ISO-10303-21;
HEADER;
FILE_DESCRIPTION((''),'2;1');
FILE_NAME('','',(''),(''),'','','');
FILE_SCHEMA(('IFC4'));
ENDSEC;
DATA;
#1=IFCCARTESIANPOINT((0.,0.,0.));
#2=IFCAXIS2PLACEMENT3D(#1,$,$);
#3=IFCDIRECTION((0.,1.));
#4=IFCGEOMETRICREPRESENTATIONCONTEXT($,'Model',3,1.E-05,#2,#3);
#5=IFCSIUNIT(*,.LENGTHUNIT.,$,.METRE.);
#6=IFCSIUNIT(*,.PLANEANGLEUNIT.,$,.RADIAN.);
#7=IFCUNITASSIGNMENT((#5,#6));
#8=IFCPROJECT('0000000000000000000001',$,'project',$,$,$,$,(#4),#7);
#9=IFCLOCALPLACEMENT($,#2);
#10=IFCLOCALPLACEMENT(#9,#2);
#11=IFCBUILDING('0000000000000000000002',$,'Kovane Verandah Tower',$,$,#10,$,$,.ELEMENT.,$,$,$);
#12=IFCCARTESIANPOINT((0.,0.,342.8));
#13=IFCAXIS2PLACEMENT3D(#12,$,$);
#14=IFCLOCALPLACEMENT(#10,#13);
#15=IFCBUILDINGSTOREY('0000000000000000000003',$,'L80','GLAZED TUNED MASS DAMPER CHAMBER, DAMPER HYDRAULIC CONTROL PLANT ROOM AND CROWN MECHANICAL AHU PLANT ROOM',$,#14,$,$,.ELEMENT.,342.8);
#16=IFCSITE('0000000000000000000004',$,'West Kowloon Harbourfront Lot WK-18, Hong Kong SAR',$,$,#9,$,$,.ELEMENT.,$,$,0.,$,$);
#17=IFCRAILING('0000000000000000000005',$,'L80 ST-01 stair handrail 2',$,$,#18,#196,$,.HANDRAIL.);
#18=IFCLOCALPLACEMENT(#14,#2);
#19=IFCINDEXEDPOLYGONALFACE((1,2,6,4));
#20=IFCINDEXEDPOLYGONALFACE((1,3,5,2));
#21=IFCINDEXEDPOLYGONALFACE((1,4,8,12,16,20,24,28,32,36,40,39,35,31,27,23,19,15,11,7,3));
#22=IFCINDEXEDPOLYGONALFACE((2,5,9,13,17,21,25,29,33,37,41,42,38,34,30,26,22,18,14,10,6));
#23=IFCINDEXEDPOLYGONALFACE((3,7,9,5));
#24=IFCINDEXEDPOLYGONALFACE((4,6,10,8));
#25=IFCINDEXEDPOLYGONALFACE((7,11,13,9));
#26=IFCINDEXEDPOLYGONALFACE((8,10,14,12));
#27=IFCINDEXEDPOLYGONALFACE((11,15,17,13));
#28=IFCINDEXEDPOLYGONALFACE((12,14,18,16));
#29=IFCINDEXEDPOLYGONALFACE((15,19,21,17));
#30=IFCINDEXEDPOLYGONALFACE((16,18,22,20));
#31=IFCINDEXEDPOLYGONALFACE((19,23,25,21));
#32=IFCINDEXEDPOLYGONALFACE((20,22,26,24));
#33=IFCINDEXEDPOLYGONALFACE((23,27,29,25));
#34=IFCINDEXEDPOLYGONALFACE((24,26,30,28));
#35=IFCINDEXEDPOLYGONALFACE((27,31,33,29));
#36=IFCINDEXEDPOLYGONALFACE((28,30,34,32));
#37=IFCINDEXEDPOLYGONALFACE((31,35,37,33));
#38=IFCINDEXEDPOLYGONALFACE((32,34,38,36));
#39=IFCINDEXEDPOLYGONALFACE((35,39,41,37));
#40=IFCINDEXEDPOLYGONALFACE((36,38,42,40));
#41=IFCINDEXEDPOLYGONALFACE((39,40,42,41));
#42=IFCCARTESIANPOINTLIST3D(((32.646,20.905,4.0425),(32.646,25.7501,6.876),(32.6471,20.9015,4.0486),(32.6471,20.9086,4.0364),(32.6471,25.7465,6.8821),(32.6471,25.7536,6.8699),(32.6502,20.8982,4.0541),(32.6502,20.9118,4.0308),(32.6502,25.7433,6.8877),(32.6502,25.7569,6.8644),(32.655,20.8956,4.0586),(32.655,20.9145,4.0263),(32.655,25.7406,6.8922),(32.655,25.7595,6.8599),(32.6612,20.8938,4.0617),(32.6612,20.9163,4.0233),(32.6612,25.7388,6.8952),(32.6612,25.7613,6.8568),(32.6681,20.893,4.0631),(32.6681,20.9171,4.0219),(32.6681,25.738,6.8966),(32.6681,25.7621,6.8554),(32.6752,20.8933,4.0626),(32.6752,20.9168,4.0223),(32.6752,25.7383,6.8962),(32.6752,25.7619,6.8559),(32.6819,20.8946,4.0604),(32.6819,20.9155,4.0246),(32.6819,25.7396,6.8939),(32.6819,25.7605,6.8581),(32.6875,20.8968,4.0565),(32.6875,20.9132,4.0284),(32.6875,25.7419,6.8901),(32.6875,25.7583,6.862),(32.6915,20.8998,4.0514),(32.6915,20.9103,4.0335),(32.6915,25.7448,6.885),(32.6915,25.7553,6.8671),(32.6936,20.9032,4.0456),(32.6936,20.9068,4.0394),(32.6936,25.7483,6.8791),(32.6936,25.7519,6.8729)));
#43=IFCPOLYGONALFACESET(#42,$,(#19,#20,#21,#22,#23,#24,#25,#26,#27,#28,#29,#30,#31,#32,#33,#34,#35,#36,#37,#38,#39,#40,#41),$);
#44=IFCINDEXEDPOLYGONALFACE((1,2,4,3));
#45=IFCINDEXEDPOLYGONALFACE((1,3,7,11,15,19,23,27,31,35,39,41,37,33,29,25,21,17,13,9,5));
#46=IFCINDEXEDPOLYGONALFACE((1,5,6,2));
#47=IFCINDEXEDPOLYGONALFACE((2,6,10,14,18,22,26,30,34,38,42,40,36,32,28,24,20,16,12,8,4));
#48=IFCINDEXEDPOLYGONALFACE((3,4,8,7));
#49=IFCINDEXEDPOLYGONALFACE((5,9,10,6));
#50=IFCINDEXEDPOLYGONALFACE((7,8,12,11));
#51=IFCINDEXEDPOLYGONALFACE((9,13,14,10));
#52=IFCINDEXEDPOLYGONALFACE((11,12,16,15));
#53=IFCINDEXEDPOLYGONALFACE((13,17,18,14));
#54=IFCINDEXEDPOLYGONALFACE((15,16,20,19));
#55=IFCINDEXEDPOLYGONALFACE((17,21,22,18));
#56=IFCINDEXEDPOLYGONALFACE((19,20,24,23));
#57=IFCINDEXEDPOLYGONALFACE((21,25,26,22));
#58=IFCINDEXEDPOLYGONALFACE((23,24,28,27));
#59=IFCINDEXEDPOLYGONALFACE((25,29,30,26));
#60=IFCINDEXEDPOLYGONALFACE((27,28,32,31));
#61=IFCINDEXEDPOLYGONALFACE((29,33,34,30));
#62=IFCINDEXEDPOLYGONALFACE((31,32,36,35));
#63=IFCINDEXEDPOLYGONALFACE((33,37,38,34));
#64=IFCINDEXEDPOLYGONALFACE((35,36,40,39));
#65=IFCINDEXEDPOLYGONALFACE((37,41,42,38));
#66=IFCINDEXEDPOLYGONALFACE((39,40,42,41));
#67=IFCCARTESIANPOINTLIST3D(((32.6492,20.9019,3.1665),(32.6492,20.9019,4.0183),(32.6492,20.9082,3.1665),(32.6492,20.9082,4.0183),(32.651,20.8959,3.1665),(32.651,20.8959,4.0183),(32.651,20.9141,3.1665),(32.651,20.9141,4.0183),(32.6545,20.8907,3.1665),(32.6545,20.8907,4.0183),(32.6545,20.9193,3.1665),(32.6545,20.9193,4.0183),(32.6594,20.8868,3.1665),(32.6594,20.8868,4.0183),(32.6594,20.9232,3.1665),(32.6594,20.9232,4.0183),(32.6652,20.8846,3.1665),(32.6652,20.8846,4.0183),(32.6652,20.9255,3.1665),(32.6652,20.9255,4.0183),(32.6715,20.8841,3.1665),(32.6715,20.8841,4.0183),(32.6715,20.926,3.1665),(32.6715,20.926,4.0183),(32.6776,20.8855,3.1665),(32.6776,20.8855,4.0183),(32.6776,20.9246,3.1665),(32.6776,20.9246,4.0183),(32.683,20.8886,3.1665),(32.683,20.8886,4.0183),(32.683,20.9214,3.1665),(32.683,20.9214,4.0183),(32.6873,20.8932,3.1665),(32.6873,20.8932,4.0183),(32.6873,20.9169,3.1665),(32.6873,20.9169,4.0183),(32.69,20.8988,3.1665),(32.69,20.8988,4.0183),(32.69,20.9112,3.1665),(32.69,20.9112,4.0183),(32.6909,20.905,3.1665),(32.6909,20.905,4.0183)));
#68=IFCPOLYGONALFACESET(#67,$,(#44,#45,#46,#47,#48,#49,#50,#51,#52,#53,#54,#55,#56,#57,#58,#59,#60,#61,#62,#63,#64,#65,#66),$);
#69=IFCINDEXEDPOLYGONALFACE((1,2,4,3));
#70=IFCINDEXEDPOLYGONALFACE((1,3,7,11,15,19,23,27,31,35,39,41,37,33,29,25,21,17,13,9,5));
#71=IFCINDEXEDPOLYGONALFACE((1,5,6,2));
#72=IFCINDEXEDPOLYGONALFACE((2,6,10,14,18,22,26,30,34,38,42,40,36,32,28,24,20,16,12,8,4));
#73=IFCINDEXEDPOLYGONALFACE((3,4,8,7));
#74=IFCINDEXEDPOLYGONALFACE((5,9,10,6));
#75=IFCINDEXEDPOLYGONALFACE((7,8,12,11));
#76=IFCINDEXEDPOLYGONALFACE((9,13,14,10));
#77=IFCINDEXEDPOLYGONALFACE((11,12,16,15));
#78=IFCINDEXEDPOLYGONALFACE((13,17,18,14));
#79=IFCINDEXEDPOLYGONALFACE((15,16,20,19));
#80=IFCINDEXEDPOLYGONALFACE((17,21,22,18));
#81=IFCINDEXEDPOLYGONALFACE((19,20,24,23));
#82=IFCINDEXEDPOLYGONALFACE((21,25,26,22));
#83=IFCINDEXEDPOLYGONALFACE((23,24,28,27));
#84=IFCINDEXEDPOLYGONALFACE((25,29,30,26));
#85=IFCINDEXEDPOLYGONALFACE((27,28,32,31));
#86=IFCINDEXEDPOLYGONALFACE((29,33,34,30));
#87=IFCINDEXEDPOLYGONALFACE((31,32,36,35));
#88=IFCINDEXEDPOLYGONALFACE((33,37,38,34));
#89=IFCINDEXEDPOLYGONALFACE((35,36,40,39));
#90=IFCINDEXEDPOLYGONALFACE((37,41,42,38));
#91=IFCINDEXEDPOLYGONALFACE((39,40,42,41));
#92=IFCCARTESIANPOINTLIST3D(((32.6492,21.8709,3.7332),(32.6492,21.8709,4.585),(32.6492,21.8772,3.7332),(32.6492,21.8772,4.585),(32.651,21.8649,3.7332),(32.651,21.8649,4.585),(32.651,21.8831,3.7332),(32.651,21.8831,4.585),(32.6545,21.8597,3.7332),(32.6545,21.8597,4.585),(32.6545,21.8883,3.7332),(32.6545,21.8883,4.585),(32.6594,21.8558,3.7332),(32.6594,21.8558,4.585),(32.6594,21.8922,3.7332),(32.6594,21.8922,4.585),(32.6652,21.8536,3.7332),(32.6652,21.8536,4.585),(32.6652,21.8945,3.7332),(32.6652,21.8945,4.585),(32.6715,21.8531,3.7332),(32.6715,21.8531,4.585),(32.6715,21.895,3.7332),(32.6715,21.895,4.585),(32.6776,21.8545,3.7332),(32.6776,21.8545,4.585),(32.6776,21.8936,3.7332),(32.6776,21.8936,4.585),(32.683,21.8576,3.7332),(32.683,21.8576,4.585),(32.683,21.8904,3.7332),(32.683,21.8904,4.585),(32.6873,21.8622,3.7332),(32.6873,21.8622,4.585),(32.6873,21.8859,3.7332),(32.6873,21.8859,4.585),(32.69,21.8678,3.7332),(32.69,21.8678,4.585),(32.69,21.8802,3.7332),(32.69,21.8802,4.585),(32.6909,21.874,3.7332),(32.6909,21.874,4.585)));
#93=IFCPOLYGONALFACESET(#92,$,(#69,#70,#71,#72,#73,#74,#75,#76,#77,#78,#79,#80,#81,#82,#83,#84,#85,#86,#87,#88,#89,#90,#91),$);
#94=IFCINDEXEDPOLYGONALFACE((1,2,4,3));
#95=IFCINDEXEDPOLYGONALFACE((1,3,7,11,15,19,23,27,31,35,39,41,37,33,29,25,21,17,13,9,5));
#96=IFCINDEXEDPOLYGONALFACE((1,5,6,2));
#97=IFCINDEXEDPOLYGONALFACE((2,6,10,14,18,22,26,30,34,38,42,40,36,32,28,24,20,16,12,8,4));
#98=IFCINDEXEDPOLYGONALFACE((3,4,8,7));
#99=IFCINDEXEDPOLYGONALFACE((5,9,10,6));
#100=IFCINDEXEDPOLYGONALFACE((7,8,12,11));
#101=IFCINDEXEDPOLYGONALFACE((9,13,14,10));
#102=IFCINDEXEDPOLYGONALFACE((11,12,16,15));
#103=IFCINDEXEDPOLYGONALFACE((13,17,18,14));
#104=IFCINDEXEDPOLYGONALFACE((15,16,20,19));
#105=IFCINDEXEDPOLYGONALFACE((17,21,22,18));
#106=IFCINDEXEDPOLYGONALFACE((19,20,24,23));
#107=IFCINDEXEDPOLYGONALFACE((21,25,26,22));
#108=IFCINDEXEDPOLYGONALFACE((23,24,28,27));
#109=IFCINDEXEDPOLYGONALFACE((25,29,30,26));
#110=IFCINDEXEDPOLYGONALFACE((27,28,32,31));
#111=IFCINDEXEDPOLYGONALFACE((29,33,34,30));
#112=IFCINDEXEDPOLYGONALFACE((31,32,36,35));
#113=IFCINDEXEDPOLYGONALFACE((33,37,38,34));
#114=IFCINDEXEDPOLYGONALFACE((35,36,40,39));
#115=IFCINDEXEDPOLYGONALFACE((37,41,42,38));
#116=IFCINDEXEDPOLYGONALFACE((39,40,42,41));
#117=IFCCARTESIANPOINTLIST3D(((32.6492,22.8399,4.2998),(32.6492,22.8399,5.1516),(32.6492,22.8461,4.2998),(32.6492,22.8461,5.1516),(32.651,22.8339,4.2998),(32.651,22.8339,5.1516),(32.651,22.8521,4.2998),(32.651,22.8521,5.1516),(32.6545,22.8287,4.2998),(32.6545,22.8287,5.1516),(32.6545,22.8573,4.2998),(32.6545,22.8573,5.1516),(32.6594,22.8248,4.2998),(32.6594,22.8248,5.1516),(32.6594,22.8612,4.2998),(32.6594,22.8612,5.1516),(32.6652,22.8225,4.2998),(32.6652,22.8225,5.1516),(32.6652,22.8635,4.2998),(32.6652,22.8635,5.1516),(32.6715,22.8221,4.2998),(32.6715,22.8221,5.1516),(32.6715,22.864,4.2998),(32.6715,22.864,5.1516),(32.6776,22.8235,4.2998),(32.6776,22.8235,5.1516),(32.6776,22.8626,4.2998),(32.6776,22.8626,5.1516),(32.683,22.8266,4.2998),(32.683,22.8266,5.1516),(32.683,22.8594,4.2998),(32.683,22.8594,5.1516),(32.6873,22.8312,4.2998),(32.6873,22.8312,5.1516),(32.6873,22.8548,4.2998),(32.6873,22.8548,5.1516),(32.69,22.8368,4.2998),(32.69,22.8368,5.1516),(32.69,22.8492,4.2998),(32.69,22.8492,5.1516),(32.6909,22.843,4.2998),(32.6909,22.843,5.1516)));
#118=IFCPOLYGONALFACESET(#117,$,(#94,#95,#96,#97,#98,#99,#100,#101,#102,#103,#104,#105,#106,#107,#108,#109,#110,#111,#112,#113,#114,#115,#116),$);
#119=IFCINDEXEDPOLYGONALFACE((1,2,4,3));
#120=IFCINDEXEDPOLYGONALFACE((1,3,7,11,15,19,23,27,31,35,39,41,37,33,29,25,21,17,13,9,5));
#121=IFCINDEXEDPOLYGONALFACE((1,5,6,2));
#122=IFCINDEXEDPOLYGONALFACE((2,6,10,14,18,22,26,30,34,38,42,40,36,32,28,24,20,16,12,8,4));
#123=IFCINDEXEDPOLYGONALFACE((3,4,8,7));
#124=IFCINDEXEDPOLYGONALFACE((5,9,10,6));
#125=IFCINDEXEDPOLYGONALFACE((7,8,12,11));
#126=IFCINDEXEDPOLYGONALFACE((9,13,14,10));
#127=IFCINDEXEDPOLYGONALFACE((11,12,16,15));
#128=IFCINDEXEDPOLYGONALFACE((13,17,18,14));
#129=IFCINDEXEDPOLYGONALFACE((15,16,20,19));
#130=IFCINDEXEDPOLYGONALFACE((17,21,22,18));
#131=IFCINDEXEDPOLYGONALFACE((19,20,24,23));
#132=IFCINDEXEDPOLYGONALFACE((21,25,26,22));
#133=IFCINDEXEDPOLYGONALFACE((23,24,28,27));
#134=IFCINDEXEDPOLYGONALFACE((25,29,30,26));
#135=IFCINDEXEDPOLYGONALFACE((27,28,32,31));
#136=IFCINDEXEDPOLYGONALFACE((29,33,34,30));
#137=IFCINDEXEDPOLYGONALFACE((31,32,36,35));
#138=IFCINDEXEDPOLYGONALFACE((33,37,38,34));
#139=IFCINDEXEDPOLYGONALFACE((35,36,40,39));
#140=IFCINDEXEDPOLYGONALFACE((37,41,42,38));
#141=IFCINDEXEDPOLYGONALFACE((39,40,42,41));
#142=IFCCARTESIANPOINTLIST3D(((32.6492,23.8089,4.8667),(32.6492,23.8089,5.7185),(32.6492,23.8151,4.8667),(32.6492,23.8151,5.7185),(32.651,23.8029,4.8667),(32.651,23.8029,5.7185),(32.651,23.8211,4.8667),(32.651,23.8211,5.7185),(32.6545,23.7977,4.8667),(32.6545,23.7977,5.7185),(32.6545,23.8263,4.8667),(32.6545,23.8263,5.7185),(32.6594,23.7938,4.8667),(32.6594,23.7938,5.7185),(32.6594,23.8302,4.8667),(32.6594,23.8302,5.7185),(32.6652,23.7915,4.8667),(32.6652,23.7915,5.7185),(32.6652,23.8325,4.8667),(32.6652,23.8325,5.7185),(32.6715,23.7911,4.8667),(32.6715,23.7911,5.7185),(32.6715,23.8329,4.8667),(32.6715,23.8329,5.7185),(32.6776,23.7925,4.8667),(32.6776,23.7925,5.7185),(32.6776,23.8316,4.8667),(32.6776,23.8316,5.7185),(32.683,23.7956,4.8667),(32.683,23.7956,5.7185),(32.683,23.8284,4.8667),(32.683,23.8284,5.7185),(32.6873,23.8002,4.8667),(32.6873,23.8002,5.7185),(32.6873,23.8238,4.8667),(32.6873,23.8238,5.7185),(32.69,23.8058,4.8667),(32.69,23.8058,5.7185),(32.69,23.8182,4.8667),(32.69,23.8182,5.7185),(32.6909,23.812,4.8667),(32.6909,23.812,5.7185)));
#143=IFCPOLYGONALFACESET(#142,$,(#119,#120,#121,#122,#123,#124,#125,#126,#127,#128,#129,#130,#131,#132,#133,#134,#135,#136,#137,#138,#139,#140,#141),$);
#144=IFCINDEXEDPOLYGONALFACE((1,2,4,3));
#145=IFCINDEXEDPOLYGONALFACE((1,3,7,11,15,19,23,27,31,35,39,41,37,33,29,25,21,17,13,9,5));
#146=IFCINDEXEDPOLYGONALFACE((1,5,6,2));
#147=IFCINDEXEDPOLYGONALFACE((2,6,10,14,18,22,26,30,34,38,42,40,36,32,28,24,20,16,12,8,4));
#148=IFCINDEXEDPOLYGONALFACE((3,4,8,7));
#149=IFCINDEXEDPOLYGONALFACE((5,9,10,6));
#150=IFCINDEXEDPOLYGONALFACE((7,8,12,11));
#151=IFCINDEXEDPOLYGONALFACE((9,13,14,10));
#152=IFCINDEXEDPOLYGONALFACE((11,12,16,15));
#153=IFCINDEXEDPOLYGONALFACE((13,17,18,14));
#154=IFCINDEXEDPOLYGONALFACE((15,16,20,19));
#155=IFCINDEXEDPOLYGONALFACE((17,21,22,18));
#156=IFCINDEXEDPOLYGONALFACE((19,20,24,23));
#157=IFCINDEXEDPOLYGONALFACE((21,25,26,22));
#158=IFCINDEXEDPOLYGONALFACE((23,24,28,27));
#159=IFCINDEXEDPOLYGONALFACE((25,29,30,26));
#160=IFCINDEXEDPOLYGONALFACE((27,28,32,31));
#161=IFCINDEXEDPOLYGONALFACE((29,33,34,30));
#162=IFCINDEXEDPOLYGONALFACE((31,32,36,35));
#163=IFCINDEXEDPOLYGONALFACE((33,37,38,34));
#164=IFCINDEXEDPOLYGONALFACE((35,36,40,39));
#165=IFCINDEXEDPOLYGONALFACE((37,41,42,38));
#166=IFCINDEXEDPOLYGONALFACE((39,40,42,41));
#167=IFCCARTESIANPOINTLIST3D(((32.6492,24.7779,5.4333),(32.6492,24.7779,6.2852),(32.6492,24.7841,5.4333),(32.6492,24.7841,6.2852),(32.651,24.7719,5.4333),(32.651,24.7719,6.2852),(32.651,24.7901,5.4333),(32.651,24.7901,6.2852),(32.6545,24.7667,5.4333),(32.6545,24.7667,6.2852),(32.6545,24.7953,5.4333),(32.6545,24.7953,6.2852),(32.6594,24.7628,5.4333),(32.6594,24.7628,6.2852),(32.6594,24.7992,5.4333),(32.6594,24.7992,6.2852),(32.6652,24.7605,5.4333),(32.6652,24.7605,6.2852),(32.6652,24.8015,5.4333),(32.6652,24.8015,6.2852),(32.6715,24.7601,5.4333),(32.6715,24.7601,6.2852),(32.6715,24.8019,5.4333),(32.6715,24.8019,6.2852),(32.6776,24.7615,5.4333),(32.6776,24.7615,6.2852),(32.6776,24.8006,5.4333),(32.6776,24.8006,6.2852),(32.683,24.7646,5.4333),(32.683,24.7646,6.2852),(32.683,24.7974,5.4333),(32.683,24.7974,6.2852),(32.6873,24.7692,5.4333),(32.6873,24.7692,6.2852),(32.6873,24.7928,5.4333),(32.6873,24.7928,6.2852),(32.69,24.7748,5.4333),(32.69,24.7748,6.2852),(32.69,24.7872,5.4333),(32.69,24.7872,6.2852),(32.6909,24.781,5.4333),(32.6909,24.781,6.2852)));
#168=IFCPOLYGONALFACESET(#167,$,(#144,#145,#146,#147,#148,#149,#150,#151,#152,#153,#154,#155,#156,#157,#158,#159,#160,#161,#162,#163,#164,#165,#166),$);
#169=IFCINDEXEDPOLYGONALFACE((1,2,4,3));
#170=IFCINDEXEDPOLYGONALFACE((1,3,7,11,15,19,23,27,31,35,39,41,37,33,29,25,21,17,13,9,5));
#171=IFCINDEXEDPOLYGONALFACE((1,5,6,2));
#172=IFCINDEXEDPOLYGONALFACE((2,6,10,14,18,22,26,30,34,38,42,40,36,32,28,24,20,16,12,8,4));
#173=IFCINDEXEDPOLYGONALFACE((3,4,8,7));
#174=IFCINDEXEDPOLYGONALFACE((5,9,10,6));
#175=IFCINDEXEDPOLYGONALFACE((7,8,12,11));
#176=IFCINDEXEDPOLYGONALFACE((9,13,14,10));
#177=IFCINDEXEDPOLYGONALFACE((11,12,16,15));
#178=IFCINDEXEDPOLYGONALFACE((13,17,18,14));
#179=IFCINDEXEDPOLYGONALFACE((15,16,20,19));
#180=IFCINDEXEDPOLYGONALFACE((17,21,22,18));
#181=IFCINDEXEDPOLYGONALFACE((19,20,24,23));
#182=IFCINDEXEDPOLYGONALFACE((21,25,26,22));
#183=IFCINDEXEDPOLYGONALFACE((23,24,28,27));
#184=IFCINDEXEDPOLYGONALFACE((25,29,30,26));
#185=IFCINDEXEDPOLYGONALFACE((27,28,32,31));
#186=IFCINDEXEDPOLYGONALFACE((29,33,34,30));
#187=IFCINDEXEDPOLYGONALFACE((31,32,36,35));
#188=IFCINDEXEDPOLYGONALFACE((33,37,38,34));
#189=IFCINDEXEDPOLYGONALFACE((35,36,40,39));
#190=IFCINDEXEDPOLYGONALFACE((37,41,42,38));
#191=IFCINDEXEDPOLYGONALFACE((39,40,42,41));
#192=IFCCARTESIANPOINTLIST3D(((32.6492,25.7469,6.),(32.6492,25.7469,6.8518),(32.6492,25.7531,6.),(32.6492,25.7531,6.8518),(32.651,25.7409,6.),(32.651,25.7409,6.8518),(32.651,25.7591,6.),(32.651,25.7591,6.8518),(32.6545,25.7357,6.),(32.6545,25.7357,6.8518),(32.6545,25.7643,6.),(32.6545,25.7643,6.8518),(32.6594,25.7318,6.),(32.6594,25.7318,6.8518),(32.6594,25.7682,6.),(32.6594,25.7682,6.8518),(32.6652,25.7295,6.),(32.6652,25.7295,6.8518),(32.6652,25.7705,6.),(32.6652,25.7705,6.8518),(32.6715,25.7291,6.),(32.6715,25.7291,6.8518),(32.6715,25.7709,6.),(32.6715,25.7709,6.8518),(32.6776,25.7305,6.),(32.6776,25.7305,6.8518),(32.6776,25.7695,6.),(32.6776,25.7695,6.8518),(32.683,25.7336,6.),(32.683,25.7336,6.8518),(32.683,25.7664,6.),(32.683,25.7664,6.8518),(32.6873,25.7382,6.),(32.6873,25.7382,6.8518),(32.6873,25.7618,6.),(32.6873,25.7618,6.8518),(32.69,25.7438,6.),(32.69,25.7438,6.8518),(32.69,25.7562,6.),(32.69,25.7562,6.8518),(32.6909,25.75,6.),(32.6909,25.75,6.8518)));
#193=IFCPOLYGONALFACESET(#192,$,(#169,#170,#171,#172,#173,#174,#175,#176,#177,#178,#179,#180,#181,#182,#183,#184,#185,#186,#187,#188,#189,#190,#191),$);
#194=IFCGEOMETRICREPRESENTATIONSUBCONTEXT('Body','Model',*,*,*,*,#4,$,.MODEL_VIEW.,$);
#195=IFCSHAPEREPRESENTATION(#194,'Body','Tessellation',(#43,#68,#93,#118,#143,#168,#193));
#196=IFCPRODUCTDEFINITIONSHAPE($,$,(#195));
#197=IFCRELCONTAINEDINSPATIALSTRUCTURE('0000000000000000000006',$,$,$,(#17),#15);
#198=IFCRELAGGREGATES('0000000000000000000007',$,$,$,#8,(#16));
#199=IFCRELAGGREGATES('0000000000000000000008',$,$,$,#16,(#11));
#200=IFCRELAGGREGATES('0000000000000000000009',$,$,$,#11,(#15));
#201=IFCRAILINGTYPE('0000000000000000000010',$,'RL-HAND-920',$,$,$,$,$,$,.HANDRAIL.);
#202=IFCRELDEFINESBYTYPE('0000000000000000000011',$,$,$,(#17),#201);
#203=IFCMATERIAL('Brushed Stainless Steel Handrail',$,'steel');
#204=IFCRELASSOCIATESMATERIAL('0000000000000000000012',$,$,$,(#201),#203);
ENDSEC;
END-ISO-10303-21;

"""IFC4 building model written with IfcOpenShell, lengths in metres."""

from ifc_helpers import new_model, si_unit, direction, frame, origin, origin_2d, place, context, subcontext, project, spatial, circle, extrude, material, type_object, element, save


model = new_model("IFC4")

# Units and contexts
model_context = context("Model", 3, precision=1e-05, world=origin(), true_north=direction((0.0, 1.0)))
body_context = subcontext(model_context, "Body", "Model", "MODEL_VIEW")
ifc_project = project(units=[si_unit("LENGTHUNIT", "METRE"), si_unit("PLANEANGLEUNIT", "RADIAN")], contexts=[model_context])

# Site, building, storey
site_placement = place(None, origin())
site = spatial("IfcSite", under=ifc_project, at=site_placement, Name="West Kowloon Harbourfront Lot WK-18, Hong Kong SAR", CompositionType="ELEMENT", RefElevation=0.0)
building_placement = place(site_placement, origin())
building = spatial("IfcBuilding", under=site, at=building_placement, Name="Kovane Verandah Tower", CompositionType="ELEMENT")
storey_placement = place(building_placement, frame((0.0, 0.0, 342.8)))
storey = spatial("IfcBuildingStorey", under=building, at=storey_placement, Name="L80", Description="GLAZED TUNED MASS DAMPER CHAMBER, DAMPER HYDRAULIC CONTROL PLANT ROOM AND CROWN MECHANICAL AHU PLANT ROOM", CompositionType="ELEMENT", Elevation=342.8)

# Railing
ifc_material_1 = material(Name="Brushed Stainless Steel Handrail", Category="steel")
railing_type_1 = type_object("IfcRailingType", Name="RL-HAND-920", PredefinedType="HANDRAIL", material=ifc_material_1)
railing_1_placement = place(storey_placement, frame((32.6699, 20.905, 3.1665)))
element("IfcRailing", 1, at=railing_1_placement, inside=storey, type_object=railing_type_1, Name="L80 ST-01 stair handrail 2", PredefinedType="HANDRAIL", context=body_context, shape_type="SweptSolid", body=[
    extrude(circle(Radius=0.0239, at=origin_2d()), frame((0.0, 0.0, 0.876), z_axis=(0.0, 0.863215, 0.504836), x_axis=(-1.0, 0.0, 0.0)), (0.0, 0.0, 1.0), 5.6128),
    extrude(circle(Radius=0.021, at=origin_2d()), origin(), (0.0, 0.0, 1.0), 0.8518),
    extrude(circle(Radius=0.021, at=origin_2d()), frame((0.0, 0.969, 0.5667)), (0.0, 0.0, 1.0), 0.8518),
    extrude(circle(Radius=0.021, at=origin_2d()), frame((0.0, 1.938, 1.1333)), (0.0, 0.0, 1.0), 0.8518),
    extrude(circle(Radius=0.021, at=origin_2d()), frame((0.0, 2.907, 1.7002)), (0.0, 0.0, 1.0), 0.8518),
    extrude(circle(Radius=0.021, at=origin_2d()), frame((0.0, 3.876, 2.2668)), (0.0, 0.0, 1.0), 0.8518),
    extrude(circle(Radius=0.021, at=origin_2d()), frame((0.0, 4.845, 2.8335)), (0.0, 0.0, 1.0), 0.8518),
])

save(model, "model.ifc")
